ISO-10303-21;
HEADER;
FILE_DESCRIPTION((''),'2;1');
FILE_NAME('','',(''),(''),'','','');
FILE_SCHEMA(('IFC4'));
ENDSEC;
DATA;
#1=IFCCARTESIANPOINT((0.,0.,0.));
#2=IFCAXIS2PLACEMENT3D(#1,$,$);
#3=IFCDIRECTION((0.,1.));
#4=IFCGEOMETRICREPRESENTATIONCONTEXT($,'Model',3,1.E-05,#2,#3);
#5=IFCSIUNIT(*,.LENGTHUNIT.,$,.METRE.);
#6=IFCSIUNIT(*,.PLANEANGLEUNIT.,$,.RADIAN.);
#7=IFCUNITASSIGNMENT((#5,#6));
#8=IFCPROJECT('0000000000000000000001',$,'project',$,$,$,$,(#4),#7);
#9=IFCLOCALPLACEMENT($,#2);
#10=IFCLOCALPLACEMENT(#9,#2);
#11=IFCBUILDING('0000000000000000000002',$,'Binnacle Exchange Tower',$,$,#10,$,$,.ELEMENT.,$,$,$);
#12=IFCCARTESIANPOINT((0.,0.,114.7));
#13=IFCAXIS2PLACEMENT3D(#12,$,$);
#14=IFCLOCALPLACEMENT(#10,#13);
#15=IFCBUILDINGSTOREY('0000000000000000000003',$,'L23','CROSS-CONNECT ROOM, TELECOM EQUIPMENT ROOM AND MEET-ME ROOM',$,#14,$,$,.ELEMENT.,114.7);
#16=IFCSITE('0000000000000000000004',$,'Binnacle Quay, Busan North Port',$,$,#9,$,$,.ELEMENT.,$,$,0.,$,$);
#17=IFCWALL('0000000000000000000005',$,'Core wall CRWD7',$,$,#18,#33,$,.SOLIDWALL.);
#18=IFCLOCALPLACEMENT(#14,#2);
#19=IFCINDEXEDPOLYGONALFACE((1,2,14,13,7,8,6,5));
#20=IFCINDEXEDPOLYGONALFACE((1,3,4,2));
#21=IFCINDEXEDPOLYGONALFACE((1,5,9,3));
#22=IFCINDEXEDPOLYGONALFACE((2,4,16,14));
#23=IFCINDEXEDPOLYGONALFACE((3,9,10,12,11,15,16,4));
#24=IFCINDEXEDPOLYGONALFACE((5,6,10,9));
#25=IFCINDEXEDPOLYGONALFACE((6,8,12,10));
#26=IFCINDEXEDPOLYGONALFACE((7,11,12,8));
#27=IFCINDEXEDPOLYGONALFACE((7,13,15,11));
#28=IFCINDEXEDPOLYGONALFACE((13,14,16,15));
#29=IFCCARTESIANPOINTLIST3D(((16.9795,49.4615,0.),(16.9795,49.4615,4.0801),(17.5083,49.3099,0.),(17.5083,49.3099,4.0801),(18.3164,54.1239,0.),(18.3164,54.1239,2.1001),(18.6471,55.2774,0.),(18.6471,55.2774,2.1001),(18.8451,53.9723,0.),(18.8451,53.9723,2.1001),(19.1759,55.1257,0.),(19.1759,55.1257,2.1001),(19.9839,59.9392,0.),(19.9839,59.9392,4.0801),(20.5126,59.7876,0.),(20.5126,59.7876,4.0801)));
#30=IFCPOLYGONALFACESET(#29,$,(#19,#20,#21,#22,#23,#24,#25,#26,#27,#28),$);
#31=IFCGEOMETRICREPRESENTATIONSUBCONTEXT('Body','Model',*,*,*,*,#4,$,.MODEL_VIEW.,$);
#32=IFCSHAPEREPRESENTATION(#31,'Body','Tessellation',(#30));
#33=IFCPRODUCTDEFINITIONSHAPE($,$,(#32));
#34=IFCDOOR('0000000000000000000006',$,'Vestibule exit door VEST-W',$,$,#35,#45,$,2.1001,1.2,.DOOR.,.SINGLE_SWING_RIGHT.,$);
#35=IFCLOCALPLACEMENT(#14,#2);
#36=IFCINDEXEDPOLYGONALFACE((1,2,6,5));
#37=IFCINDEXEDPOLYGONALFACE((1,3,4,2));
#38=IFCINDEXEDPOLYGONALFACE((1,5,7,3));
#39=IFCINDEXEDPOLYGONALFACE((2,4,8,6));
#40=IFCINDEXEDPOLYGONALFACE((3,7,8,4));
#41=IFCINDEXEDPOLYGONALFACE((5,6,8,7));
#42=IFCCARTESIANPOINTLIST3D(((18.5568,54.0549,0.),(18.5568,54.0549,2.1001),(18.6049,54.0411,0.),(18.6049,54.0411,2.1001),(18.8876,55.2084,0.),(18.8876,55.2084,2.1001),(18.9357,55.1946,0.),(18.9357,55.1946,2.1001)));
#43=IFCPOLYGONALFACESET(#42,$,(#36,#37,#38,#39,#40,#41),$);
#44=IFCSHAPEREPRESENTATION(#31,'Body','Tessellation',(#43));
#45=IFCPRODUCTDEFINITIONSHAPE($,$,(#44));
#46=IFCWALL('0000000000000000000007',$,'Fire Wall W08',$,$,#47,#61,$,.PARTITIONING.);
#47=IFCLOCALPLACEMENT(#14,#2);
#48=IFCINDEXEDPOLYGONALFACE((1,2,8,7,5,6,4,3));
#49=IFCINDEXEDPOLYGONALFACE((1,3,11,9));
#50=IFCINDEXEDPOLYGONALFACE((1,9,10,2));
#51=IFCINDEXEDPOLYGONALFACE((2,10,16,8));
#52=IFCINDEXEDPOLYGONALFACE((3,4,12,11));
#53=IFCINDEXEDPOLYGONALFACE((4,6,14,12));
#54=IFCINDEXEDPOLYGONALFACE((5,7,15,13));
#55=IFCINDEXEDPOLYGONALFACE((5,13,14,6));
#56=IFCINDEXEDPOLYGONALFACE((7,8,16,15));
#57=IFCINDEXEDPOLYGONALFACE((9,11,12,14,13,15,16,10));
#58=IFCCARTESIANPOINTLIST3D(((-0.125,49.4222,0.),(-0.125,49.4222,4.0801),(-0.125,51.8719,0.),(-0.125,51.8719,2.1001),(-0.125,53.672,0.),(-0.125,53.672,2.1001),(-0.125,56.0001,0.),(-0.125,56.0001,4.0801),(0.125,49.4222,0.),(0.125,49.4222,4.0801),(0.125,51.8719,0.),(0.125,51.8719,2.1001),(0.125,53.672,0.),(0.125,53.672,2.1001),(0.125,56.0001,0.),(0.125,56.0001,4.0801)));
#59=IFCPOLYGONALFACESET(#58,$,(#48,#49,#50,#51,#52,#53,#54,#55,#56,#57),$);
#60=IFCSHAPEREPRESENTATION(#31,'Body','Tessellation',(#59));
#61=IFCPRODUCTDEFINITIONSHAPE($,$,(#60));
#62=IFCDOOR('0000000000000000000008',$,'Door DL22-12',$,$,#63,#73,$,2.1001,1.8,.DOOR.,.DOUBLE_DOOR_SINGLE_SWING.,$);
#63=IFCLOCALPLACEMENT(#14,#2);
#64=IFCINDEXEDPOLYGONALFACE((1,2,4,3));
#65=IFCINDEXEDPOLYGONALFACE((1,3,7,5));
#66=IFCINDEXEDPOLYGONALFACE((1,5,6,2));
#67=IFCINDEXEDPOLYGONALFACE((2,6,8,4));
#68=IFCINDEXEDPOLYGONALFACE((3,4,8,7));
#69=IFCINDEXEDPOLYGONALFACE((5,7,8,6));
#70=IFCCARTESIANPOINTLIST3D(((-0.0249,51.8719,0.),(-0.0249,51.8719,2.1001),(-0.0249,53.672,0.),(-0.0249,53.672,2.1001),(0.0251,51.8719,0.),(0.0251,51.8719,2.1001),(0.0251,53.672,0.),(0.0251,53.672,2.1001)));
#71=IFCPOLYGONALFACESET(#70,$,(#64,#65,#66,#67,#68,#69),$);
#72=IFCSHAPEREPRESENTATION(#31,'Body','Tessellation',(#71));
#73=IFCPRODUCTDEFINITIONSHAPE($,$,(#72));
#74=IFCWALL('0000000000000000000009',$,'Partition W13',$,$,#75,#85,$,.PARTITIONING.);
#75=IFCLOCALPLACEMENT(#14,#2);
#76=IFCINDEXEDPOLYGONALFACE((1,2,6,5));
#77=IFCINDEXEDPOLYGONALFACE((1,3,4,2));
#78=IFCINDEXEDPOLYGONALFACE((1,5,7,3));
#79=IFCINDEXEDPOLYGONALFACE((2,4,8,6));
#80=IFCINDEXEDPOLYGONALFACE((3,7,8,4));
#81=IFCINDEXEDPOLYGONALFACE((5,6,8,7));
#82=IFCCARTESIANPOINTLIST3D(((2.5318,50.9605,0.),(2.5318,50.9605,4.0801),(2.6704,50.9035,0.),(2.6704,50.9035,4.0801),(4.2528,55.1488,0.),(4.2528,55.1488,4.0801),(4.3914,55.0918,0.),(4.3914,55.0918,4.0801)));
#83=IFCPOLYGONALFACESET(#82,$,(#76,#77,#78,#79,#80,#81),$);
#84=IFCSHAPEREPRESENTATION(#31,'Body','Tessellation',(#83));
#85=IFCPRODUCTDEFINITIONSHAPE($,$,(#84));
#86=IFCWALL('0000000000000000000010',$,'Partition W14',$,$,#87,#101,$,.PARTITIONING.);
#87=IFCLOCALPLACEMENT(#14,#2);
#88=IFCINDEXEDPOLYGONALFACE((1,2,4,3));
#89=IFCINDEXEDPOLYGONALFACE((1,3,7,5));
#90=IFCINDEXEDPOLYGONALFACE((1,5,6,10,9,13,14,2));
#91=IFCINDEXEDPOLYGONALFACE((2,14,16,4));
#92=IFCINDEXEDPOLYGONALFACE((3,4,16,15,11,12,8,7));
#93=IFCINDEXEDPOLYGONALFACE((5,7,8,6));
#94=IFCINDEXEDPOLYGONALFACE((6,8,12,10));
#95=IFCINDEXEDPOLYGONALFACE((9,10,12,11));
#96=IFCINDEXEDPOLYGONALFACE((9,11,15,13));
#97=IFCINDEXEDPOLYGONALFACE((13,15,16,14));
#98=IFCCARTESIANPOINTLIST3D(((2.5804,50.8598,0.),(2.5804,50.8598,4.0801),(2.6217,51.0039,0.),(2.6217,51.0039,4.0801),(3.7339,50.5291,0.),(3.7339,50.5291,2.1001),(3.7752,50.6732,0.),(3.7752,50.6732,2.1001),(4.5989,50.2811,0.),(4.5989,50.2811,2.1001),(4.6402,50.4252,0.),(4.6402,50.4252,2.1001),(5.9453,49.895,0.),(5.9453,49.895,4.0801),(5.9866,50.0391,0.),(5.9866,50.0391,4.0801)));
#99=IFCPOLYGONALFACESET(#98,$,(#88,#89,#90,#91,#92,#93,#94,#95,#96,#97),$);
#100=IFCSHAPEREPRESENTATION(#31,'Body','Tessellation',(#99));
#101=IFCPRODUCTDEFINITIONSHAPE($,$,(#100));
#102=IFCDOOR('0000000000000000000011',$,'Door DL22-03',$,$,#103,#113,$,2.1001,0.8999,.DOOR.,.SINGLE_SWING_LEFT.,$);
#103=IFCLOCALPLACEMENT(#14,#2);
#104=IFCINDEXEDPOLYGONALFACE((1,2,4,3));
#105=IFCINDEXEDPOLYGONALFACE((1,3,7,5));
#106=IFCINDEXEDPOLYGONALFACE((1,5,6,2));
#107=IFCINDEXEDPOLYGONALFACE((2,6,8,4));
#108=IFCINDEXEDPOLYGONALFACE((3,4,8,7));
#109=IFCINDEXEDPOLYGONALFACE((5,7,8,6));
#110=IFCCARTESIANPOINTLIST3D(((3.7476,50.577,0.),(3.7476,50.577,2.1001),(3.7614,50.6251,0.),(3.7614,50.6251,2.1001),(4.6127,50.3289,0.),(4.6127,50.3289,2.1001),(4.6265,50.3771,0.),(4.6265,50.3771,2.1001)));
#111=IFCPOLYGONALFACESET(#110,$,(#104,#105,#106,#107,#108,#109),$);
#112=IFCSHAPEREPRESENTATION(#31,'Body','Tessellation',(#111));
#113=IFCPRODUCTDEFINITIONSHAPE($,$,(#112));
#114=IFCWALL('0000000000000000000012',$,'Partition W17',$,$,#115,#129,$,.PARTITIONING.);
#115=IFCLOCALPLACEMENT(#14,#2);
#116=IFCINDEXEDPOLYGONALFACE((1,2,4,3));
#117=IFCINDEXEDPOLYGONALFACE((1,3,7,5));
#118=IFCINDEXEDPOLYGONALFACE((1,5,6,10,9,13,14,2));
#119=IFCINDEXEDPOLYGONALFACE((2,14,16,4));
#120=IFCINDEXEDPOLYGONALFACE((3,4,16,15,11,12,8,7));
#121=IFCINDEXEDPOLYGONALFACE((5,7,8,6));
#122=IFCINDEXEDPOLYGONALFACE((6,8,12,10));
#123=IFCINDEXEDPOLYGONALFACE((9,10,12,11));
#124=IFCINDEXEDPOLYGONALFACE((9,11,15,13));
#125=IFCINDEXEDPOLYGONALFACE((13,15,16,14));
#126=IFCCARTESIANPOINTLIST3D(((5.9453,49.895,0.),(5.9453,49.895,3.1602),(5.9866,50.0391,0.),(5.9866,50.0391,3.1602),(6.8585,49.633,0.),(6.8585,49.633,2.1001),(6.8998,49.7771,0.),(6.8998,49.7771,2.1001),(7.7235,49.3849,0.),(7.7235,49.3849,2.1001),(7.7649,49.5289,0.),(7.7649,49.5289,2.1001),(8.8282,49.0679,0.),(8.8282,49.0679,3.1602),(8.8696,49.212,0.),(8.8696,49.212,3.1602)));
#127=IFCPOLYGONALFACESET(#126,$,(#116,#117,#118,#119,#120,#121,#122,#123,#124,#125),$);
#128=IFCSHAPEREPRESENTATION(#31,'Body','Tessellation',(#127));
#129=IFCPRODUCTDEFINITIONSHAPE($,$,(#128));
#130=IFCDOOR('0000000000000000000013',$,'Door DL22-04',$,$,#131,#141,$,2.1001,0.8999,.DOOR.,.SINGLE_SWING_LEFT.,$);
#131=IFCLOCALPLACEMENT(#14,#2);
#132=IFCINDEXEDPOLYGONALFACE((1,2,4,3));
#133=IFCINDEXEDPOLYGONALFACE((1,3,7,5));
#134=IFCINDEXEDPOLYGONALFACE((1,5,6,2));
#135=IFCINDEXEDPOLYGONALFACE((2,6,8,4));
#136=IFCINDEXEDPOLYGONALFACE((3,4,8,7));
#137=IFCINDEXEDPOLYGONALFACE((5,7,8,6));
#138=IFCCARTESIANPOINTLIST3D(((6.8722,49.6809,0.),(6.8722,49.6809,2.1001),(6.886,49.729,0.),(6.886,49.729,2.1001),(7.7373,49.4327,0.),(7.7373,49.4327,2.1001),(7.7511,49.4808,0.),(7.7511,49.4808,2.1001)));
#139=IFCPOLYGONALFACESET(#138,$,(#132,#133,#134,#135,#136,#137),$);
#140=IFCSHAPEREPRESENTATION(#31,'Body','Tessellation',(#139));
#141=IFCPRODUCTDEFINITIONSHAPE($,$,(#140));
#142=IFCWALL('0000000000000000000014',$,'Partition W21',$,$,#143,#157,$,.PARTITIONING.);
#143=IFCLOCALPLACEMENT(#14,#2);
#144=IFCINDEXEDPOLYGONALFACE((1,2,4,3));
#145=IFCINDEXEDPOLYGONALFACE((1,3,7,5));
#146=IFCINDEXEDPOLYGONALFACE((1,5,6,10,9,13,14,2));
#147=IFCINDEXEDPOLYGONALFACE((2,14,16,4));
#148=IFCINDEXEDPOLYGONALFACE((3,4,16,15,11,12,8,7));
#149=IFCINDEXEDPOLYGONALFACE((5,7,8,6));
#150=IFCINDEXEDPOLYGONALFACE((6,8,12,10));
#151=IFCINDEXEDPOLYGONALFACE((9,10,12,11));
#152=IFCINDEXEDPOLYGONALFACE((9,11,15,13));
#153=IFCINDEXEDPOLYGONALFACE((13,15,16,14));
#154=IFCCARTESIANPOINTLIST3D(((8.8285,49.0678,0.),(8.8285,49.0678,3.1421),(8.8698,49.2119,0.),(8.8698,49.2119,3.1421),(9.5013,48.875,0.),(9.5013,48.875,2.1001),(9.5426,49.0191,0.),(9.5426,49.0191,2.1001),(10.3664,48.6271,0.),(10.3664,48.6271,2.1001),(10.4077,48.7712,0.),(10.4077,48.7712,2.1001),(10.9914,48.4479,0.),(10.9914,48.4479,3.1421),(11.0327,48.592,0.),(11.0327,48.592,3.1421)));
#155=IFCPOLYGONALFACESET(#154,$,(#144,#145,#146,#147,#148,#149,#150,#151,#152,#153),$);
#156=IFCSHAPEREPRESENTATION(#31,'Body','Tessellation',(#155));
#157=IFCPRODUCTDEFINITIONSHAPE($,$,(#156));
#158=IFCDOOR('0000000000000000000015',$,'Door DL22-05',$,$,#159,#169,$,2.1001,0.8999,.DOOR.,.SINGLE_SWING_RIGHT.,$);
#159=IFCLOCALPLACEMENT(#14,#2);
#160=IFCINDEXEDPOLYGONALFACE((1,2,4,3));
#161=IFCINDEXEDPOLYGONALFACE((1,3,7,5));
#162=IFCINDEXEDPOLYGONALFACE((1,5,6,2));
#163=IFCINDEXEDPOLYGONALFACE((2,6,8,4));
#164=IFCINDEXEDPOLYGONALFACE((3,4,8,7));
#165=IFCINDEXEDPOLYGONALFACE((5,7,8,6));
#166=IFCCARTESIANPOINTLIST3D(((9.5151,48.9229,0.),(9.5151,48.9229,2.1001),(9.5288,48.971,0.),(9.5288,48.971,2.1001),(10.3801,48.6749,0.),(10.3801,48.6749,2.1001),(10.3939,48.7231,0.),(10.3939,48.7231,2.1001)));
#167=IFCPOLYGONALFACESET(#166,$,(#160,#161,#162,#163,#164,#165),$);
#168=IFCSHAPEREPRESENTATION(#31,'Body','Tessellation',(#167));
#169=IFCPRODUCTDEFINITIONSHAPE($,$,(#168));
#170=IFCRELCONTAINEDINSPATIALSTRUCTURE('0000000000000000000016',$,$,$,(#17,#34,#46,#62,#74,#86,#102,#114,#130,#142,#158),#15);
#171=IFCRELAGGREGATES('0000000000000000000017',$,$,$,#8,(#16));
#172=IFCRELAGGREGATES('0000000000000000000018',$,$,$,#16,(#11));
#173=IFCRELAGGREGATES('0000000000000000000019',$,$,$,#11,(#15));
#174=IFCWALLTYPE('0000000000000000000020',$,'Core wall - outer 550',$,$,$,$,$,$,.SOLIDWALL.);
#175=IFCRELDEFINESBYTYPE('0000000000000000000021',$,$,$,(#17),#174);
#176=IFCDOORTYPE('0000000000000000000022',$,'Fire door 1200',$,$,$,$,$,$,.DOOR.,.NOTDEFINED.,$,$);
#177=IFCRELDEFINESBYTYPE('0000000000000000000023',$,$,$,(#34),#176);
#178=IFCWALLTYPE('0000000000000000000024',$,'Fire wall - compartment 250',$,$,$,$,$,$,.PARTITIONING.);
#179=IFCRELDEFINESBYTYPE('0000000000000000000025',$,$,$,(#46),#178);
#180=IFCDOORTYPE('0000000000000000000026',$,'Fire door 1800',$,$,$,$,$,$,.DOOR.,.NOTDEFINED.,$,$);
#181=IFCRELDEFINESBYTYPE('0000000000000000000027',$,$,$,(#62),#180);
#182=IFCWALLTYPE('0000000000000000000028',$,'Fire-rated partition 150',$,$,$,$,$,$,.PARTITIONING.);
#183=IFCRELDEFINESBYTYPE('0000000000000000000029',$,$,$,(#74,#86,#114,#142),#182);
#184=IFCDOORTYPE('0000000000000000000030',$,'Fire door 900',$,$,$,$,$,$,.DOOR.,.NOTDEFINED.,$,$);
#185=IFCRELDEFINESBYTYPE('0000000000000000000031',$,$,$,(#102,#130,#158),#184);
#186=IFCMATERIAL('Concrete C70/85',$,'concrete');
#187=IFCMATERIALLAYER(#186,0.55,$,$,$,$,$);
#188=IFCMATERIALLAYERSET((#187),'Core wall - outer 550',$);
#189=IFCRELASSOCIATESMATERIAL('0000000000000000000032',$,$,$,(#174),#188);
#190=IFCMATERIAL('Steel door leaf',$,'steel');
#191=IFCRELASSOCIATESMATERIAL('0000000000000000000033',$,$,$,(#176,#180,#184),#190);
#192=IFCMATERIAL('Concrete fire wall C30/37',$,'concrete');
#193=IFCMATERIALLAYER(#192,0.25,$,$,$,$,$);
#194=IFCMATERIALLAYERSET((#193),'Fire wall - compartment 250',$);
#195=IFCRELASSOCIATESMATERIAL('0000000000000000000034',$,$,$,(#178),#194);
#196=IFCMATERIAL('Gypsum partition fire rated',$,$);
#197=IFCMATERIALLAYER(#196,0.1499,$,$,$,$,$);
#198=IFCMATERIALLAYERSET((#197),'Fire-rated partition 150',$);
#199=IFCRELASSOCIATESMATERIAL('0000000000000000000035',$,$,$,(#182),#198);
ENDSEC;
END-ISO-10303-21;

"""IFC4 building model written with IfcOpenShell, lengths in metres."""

from ifc_helpers import new_model, si_unit, direction, frame, frame_2d, origin, place, context, subcontext, project, spatial, rectangle, extrude, material, layer, layer_set, type_object, element, fill, save


model = new_model("IFC4")

# Units and contexts
model_context = context("Model", 3, precision=1e-05, world=origin(), true_north=direction((0.0, 1.0)))
body_context = subcontext(model_context, "Body", "Model", "MODEL_VIEW")
ifc_project = project(units=[si_unit("LENGTHUNIT", "METRE"), si_unit("PLANEANGLEUNIT", "RADIAN")], contexts=[model_context])

# Site, building, storey
site_placement = place(None, origin())
site = spatial("IfcSite", under=ifc_project, at=site_placement, Name="Binnacle Quay, Busan North Port", CompositionType="ELEMENT", RefElevation=0.0)
building_placement = place(site_placement, origin())
building = spatial("IfcBuilding", under=site, at=building_placement, Name="Binnacle Exchange Tower", CompositionType="ELEMENT")
storey_placement = place(building_placement, frame((0.0, 0.0, 114.7)))
storey = spatial("IfcBuildingStorey", under=building, at=storey_placement, Name="L23", Description="CROSS-CONNECT ROOM, TELECOM EQUIPMENT ROOM AND MEET-ME ROOM", CompositionType="ELEMENT", Elevation=114.7)

# Shared definitions
ifc_material_1 = material(Name="Concrete C70/85", Category="concrete")

# Shared definitions
ifc_layer_1 = layer(ifc_material_1, 0.55)
ifc_layer_set_1 = layer_set([ifc_layer_1], Name="Core wall - outer 550")
wall_type_1 = type_object("IfcWallType", Name="Core wall - outer 550", PredefinedType="SOLIDWALL", material=ifc_layer_set_1)

# Walls, openings, doors
wall_1_placement = place(storey_placement, frame((17.2439, 49.3857, 0.0), z_axis=(0.0, 0.0, 1.0), x_axis=(0.275632, 0.961263, 0.0)))
wall_1 = element("IfcWall", 1, at=wall_1_placement, inside=storey, type_object=wall_type_1, Name="Core wall CRWD7", PredefinedType="SOLIDWALL", context=body_context, shape_type="SweptSolid", body=[
    extrude(rectangle(XDim=10.8999, YDim=0.55, at=frame_2d((5.45, 0.0))), origin(), (0.0, 0.0, 1.0), 4.0801),
])
opening_1_placement = place(wall_1_placement, frame((4.8501, 0.0, 0.0)))
opening_1 = element("IfcOpeningElement", 2, at=opening_1_placement, cuts=wall_1, PredefinedType="OPENING", context=body_context, shape_type="SweptSolid", body=[
    extrude(rectangle(XDim=1.2, YDim=2.1001, at=frame_2d((0.6001, 1.05))), frame((0.0, 0.2849, 0.0), z_axis=(0.0, -1.0, 0.0), x_axis=(1.0, 0.0, 0.0)), (0.0, 0.0, 1.0), 0.5701),
])
ifc_material_2 = material(Name="Steel door leaf", Category="steel")
door_type_1 = type_object("IfcDoorType", Name="Fire door 1200", OperationType="NOTDEFINED", PredefinedType="DOOR", material=ifc_material_2)
door_1_placement = place(opening_1_placement, origin())
door_1 = element("IfcDoor", 3, at=door_1_placement, inside=storey, type_object=door_type_1, Name="Vestibule exit door VEST-W", OperationType="SINGLE_SWING_RIGHT", OverallHeight=2.1001, OverallWidth=1.2, PredefinedType="DOOR", context=body_context, shape_type="SweptSolid", body=[
    extrude(rectangle(XDim=1.2, YDim=2.1001, at=frame_2d((0.6001, 1.05))), frame((0.0, 0.0249, 0.0), z_axis=(0.0, -1.0, 0.0), x_axis=(1.0, 0.0, 0.0)), (0.0, 0.0, 1.0), 0.05),
])
fill(opening_1, door_1)
ifc_material_3 = material(Name="Concrete fire wall C30/37", Category="concrete")
ifc_layer_2 = layer(ifc_material_3, 0.25)
ifc_layer_set_2 = layer_set([ifc_layer_2], Name="Fire wall - compartment 250")
wall_type_2 = type_object("IfcWallType", Name="Fire wall - compartment 250", PredefinedType="PARTITIONING", material=ifc_layer_set_2)
wall_2_placement = place(storey_placement, frame((0.0, 49.4221, 0.0), z_axis=(0.0, 0.0, 1.0), x_axis=(0.0, 1.0, 0.0)))
wall_2 = element("IfcWall", 4, at=wall_2_placement, inside=storey, type_object=wall_type_2, Name="Fire Wall W08", PredefinedType="PARTITIONING", context=body_context, shape_type="SweptSolid", body=[
    extrude(rectangle(XDim=6.5779, YDim=0.25, at=frame_2d((3.2891, 0.0))), origin(), (0.0, 0.0, 1.0), 4.0801),
])
opening_2_placement = place(wall_2_placement, frame((2.45, 0.0, 0.0)))
opening_2 = element("IfcOpeningElement", 5, at=opening_2_placement, cuts=wall_2, PredefinedType="OPENING", context=body_context, shape_type="SweptSolid", body=[
    extrude(rectangle(XDim=1.8, YDim=2.1001, at=frame_2d((0.8999, 1.05))), frame((0.0, 0.135, 0.0), z_axis=(0.0, -1.0, 0.0), x_axis=(1.0, 0.0, 0.0)), (0.0, 0.0, 1.0), 0.27),
])
door_type_2 = type_object("IfcDoorType", Name="Fire door 1800", OperationType="NOTDEFINED", PredefinedType="DOOR", material=ifc_material_2)
door_2_placement = place(opening_2_placement, origin())
door_2 = element("IfcDoor", 6, at=door_2_placement, inside=storey, type_object=door_type_2, Name="Door DL22-12", OperationType="DOUBLE_DOOR_SINGLE_SWING", OverallHeight=2.1001, OverallWidth=1.8, PredefinedType="DOOR", context=body_context, shape_type="SweptSolid", body=[
    extrude(rectangle(XDim=1.8, YDim=2.1001, at=frame_2d((0.8999, 1.05))), frame((0.0, 0.0249, 0.0), z_axis=(0.0, -1.0, 0.0), x_axis=(1.0, 0.0, 0.0)), (0.0, 0.0, 1.0), 0.05),
])
fill(opening_2, door_2)

# Wall
ifc_material_4 = material(Name="Gypsum partition fire rated")
ifc_layer_3 = layer(ifc_material_4, 0.1499)
ifc_layer_set_3 = layer_set([ifc_layer_3], Name="Fire-rated partition 150")
wall_type_3 = type_object("IfcWallType", Name="Fire-rated partition 150", PredefinedType="PARTITIONING", material=ifc_layer_set_3)
wall_3_placement = place(storey_placement, frame((2.6011, 50.9319, 0.0), z_axis=(0.0, 0.0, 1.0), x_axis=(0.380066, 0.924959, 0.0)))
element("IfcWall", 7, at=wall_3_placement, inside=storey, type_object=wall_type_3, Name="Partition W13", PredefinedType="PARTITIONING", context=body_context, shape_type="SweptSolid", body=[
    extrude(rectangle(XDim=4.5281, YDim=0.1499, at=frame_2d((2.2642, 0.0))), origin(), (0.0, 0.0, 1.0), 4.0801),
])

# Walls, openings, doors
wall_4_placement = place(storey_placement, frame((2.6011, 50.9319, 0.0), z_axis=(0.0, 0.0, 1.0), x_axis=(0.961266, -0.275624, 0.0)))
wall_4 = element("IfcWall", 8, at=wall_4_placement, inside=storey, type_object=wall_type_3, Name="Partition W14", PredefinedType="PARTITIONING", context=body_context, shape_type="SweptSolid", body=[
    extrude(rectangle(XDim=3.5005, YDim=0.1499, at=frame_2d((1.7502, 0.0))), origin(), (0.0, 0.0, 1.0), 4.0801),
])
opening_3_placement = place(wall_4_placement, frame((1.2, 0.0, 0.0)))
opening_3 = element("IfcOpeningElement", 9, at=opening_3_placement, cuts=wall_4, PredefinedType="OPENING", context=body_context, shape_type="SweptSolid", body=[
    extrude(rectangle(XDim=0.8999, YDim=2.1001, at=frame_2d((0.45, 1.05))), frame((0.0, 0.085, 0.0), z_axis=(0.0, -1.0, 0.0), x_axis=(1.0, 0.0, 0.0)), (0.0, 0.0, 1.0), 0.1699),
])
door_type_3 = type_object("IfcDoorType", Name="Fire door 900", OperationType="NOTDEFINED", PredefinedType="DOOR", material=ifc_material_2)
door_3_placement = place(opening_3_placement, origin())
door_3 = element("IfcDoor", 10, at=door_3_placement, inside=storey, type_object=door_type_3, Name="Door DL22-03", OperationType="SINGLE_SWING_LEFT", OverallHeight=2.1001, OverallWidth=0.8999, PredefinedType="DOOR", context=body_context, shape_type="SweptSolid", body=[
    extrude(rectangle(XDim=0.8999, YDim=2.1001, at=frame_2d((0.45, 1.05))), frame((0.0, 0.0249, 0.0), z_axis=(0.0, -1.0, 0.0), x_axis=(1.0, 0.0, 0.0)), (0.0, 0.0, 1.0), 0.05),
])
fill(opening_3, door_3)
wall_5_placement = place(storey_placement, frame((5.9661, 49.967, 0.0), z_axis=(0.0, 0.0, 1.0), x_axis=(0.961222, -0.275775, 0.0)))
wall_5 = element("IfcWall", 11, at=wall_5_placement, inside=storey, type_object=wall_type_3, Name="Partition W17", PredefinedType="PARTITIONING", context=body_context, shape_type="SweptSolid", body=[
    extrude(rectangle(XDim=2.9993, YDim=0.1499, at=frame_2d((1.4995, 0.0))), origin(), (0.0, 0.0, 1.0), 3.1602),
])
opening_4_placement = place(wall_5_placement, frame((0.95, 0.0, 0.0)))
opening_4 = element("IfcOpeningElement", 12, at=opening_4_placement, cuts=wall_5, PredefinedType="OPENING", context=body_context, shape_type="SweptSolid", body=[
    extrude(rectangle(XDim=0.8999, YDim=2.1001, at=frame_2d((0.45, 1.05))), frame((0.0, 0.085, 0.0), z_axis=(0.0, -1.0, 0.0), x_axis=(1.0, 0.0, 0.0)), (0.0, 0.0, 1.0), 0.1699),
])
door_4_placement = place(opening_4_placement, origin())
door_4 = element("IfcDoor", 13, at=door_4_placement, inside=storey, type_object=door_type_3, Name="Door DL22-04", OperationType="SINGLE_SWING_LEFT", OverallHeight=2.1001, OverallWidth=0.8999, PredefinedType="DOOR", context=body_context, shape_type="SweptSolid", body=[
    extrude(rectangle(XDim=0.8999, YDim=2.1001, at=frame_2d((0.45, 1.05))), frame((0.0, 0.0249, 0.0), z_axis=(0.0, -1.0, 0.0), x_axis=(1.0, 0.0, 0.0)), (0.0, 0.0, 1.0), 0.05),
])
fill(opening_4, door_4)
wall_6_placement = place(storey_placement, frame((8.8491, 49.1399, 0.0), z_axis=(0.0, 0.0, 1.0), x_axis=(0.961298, -0.275509, 0.0)))
wall_6 = element("IfcWall", 14, at=wall_6_placement, inside=storey, type_object=wall_type_3, Name="Partition W21", PredefinedType="PARTITIONING", context=body_context, shape_type="SweptSolid", body=[
    extrude(rectangle(XDim=2.25, YDim=0.1499, at=frame_2d((1.125, 0.0))), origin(), (0.0, 0.0, 1.0), 3.1421),
])
opening_5_placement = place(wall_6_placement, frame((0.7, 0.0, 0.0)))
opening_5 = element("IfcOpeningElement", 15, at=opening_5_placement, cuts=wall_6, PredefinedType="OPENING", context=body_context, shape_type="SweptSolid", body=[
    extrude(rectangle(XDim=0.8999, YDim=2.1001, at=frame_2d((0.45, 1.05))), frame((0.0, 0.085, 0.0), z_axis=(0.0, -1.0, 0.0), x_axis=(1.0, 0.0, 0.0)), (0.0, 0.0, 1.0), 0.1699),
])
door_5_placement = place(opening_5_placement, origin())
door_5 = element("IfcDoor", 16, at=door_5_placement, inside=storey, type_object=door_type_3, Name="Door DL22-05", OperationType="SINGLE_SWING_RIGHT", OverallHeight=2.1001, OverallWidth=0.8999, PredefinedType="DOOR", context=body_context, shape_type="SweptSolid", body=[
    extrude(rectangle(XDim=0.8999, YDim=2.1001, at=frame_2d((0.45, 1.05))), frame((0.0, 0.0249, 0.0), z_axis=(0.0, -1.0, 0.0), x_axis=(1.0, 0.0, 0.0)), (0.0, 0.0, 1.0), 0.05),
])
fill(opening_5, door_5)

save(model, "model.ifc")
